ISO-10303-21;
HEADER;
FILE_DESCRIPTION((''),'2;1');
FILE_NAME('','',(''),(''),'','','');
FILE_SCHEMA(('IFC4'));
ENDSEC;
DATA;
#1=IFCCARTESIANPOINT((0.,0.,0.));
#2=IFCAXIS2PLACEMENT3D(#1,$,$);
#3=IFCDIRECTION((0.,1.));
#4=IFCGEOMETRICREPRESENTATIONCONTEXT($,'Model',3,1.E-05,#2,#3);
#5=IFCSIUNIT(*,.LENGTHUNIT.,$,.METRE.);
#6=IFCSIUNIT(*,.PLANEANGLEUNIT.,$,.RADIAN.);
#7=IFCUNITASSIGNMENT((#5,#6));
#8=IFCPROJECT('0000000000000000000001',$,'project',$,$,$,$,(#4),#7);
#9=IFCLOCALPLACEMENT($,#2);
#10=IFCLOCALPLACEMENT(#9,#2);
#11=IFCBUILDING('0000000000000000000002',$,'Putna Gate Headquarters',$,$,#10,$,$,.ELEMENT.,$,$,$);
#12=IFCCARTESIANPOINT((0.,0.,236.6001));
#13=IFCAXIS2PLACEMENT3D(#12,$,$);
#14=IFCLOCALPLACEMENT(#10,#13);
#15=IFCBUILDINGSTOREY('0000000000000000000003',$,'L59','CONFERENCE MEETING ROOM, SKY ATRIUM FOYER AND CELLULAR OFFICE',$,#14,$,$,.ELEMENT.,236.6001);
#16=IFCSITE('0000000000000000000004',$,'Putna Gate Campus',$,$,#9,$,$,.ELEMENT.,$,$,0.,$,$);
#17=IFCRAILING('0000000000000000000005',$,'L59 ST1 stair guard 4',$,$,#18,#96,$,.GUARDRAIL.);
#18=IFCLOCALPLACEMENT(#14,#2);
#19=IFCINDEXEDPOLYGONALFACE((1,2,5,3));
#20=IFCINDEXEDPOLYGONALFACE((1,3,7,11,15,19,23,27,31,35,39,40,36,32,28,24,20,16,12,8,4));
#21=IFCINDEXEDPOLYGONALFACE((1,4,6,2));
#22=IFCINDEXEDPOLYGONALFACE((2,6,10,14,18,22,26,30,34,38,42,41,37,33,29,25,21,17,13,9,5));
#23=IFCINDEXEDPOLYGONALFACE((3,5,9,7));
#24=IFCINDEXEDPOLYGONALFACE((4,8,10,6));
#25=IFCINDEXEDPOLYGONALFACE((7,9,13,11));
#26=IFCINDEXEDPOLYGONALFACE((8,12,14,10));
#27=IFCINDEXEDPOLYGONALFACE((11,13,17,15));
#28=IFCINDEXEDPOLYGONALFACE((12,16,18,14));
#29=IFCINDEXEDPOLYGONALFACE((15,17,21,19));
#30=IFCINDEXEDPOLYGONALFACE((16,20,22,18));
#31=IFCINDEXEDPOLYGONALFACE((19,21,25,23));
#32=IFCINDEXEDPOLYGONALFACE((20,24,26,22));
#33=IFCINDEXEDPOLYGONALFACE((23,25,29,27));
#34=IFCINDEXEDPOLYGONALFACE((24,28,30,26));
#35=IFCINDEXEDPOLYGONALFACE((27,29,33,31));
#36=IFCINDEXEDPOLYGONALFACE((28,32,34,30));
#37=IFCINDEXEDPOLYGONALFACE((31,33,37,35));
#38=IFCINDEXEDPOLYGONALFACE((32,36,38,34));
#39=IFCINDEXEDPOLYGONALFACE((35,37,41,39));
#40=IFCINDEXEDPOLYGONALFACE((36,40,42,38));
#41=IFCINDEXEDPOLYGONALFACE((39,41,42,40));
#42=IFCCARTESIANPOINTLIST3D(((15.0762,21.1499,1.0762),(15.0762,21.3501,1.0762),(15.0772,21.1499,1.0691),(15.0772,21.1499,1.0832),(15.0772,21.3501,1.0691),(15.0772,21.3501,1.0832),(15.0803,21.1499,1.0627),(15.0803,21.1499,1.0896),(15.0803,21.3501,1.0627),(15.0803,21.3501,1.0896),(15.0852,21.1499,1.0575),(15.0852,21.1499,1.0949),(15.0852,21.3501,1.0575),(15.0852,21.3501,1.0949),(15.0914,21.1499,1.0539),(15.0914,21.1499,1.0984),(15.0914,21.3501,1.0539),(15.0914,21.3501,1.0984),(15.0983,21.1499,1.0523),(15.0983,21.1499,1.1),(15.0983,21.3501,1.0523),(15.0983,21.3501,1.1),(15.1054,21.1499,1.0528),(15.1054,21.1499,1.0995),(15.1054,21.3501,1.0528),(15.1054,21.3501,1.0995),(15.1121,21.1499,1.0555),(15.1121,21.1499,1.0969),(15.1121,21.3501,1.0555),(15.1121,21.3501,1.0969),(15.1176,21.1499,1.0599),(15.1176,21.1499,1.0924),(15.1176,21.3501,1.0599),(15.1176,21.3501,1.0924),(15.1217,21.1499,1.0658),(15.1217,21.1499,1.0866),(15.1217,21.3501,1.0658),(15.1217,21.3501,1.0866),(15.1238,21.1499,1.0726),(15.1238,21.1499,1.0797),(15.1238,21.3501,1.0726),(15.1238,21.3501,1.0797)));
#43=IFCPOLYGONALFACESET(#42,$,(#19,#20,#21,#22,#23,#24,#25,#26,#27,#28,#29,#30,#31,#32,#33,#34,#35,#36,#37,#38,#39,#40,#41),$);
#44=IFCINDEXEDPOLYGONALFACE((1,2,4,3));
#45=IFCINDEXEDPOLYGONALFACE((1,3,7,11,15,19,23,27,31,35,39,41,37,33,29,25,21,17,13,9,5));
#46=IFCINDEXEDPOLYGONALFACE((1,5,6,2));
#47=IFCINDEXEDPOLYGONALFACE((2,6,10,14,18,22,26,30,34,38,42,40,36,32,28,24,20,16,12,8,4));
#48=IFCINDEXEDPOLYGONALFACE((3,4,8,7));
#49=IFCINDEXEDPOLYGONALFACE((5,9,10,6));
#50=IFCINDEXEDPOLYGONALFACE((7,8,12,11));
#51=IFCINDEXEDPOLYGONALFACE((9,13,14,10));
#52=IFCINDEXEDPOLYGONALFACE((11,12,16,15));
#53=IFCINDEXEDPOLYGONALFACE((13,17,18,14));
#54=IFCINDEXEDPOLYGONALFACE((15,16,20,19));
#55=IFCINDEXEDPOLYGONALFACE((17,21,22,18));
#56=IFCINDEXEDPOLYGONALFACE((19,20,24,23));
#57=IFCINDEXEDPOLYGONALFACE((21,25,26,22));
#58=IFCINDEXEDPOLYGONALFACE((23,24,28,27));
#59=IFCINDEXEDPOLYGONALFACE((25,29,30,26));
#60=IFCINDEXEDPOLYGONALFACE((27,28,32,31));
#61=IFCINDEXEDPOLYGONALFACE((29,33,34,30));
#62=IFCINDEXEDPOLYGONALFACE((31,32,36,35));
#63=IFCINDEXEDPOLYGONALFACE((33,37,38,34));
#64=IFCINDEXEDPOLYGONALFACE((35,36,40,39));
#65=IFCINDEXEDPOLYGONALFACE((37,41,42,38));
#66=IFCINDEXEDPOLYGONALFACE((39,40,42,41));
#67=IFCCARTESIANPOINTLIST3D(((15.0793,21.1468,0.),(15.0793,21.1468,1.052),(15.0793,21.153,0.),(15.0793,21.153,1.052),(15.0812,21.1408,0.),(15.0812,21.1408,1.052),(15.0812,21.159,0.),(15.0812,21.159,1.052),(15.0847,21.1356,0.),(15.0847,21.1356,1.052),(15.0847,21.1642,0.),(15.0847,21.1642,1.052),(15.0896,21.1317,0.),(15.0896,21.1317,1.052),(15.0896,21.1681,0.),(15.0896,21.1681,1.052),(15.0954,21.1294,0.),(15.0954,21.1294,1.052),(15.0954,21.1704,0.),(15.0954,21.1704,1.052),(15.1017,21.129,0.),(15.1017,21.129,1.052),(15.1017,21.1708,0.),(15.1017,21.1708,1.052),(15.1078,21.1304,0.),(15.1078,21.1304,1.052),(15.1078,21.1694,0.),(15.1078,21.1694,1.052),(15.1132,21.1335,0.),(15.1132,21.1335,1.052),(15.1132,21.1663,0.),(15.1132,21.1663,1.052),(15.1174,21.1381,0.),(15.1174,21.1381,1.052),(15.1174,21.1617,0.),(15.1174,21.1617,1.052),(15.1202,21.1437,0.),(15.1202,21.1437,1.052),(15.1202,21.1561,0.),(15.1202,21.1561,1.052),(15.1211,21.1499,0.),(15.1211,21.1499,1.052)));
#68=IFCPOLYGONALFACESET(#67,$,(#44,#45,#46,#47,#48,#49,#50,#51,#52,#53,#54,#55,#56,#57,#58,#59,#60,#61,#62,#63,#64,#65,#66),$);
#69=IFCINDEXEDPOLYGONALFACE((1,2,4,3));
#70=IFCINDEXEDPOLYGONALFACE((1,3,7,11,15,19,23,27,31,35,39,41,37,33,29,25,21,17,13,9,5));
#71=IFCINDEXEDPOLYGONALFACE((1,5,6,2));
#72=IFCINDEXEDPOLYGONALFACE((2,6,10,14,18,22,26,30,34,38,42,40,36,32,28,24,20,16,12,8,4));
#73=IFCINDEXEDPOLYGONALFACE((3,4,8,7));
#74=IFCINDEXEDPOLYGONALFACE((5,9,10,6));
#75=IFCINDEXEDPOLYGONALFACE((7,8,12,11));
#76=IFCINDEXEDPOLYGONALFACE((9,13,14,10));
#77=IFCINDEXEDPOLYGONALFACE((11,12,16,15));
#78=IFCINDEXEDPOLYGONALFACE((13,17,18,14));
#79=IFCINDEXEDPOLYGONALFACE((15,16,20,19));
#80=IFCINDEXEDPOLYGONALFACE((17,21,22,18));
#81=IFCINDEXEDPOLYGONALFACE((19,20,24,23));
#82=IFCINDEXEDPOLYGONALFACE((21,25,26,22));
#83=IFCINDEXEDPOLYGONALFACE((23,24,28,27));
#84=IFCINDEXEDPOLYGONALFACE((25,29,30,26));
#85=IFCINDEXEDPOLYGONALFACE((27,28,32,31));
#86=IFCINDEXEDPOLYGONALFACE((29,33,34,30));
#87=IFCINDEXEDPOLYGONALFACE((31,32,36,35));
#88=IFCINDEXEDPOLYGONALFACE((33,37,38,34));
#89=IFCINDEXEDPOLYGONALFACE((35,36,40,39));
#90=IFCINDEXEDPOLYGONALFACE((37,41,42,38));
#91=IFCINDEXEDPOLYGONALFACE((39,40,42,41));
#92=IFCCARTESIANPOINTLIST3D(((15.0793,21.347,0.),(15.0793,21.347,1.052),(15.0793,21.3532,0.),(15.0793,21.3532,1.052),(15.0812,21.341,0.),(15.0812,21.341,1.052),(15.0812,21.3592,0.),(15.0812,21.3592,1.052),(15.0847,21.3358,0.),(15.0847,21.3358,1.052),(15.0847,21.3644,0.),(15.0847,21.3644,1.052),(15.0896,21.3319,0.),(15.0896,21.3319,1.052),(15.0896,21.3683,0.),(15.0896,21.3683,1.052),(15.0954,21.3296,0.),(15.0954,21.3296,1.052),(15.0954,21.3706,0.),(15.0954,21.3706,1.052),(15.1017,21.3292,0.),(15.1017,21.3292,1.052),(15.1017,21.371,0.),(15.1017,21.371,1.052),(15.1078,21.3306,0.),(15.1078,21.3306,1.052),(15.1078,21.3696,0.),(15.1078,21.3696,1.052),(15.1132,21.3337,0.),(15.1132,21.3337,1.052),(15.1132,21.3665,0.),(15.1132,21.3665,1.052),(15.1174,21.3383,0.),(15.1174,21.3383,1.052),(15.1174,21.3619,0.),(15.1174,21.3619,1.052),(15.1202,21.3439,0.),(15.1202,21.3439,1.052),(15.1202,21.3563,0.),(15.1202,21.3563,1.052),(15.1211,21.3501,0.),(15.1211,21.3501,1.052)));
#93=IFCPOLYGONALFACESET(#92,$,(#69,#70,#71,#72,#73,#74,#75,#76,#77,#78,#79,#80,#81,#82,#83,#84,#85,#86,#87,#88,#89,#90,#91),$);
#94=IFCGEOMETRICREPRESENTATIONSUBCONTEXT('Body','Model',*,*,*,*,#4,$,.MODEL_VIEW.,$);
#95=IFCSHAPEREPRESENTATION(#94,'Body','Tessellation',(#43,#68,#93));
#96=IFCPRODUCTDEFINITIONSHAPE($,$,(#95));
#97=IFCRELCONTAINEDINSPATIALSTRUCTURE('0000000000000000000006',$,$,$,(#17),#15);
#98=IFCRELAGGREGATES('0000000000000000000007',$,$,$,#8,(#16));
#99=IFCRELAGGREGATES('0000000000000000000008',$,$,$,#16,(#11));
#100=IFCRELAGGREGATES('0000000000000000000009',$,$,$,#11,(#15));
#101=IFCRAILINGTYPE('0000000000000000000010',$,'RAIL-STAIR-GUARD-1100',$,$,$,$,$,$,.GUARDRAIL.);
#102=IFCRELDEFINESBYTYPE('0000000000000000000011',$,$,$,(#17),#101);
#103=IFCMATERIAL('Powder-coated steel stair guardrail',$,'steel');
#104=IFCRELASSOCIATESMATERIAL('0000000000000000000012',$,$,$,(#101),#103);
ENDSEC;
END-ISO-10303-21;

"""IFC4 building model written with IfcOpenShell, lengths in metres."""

from ifc_helpers import new_model, si_unit, direction, frame, origin, origin_2d, place, context, subcontext, project, spatial, circle, extrude, material, type_object, element, save


model = new_model("IFC4")

# Units and contexts
model_context = context("Model", 3, precision=1e-05, world=origin(), true_north=direction((0.0, 1.0)))
body_context = subcontext(model_context, "Body", "Model", "MODEL_VIEW")
ifc_project = project(units=[si_unit("LENGTHUNIT", "METRE"), si_unit("PLANEANGLEUNIT", "RADIAN")], contexts=[model_context])

# Site, building, storey
site_placement = place(None, origin())
site = spatial("IfcSite", under=ifc_project, at=site_placement, Name="Putna Gate Campus", CompositionType="ELEMENT", RefElevation=0.0)
building_placement = place(site_placement, origin())
building = spatial("IfcBuilding", under=site, at=building_placement, Name="Putna Gate Headquarters", CompositionType="ELEMENT")
storey_placement = place(building_placement, frame((0.0, 0.0, 236.6001)))
storey = spatial("IfcBuildingStorey", under=building, at=storey_placement, Name="L59", Description="CONFERENCE MEETING ROOM, SKY ATRIUM FOYER AND CELLULAR OFFICE", CompositionType="ELEMENT", Elevation=236.6001)

# Railing
ifc_material_1 = material(Name="Powder-coated steel stair guardrail", Category="steel")
railing_type_1 = type_object("IfcRailingType", Name="RAIL-STAIR-GUARD-1100", PredefinedType="GUARDRAIL", material=ifc_material_1)
railing_1_placement = place(storey_placement, frame((15.1001, 21.1499, 0.0)))
element("IfcRailing", 1, at=railing_1_placement, inside=storey, type_object=railing_type_1, Name="L59 ST1 stair guard 4", PredefinedType="GUARDRAIL", context=body_context, shape_type="SweptSolid", body=[
    extrude(circle(Radius=0.0239, at=origin_2d()), frame((0.0, 0.0, 1.0762), z_axis=(0.0, 1.0, 0.0), x_axis=(-1.0, 0.0, 0.0)), (0.0, 0.0, 1.0), 0.2002),
    extrude(circle(Radius=0.021, at=origin_2d()), origin(), (0.0, 0.0, 1.0), 1.052),
    extrude(circle(Radius=0.021, at=origin_2d()), frame((0.0, 0.2002, 0.0)), (0.0, 0.0, 1.0), 1.052),
])

save(model, "model.ifc")
